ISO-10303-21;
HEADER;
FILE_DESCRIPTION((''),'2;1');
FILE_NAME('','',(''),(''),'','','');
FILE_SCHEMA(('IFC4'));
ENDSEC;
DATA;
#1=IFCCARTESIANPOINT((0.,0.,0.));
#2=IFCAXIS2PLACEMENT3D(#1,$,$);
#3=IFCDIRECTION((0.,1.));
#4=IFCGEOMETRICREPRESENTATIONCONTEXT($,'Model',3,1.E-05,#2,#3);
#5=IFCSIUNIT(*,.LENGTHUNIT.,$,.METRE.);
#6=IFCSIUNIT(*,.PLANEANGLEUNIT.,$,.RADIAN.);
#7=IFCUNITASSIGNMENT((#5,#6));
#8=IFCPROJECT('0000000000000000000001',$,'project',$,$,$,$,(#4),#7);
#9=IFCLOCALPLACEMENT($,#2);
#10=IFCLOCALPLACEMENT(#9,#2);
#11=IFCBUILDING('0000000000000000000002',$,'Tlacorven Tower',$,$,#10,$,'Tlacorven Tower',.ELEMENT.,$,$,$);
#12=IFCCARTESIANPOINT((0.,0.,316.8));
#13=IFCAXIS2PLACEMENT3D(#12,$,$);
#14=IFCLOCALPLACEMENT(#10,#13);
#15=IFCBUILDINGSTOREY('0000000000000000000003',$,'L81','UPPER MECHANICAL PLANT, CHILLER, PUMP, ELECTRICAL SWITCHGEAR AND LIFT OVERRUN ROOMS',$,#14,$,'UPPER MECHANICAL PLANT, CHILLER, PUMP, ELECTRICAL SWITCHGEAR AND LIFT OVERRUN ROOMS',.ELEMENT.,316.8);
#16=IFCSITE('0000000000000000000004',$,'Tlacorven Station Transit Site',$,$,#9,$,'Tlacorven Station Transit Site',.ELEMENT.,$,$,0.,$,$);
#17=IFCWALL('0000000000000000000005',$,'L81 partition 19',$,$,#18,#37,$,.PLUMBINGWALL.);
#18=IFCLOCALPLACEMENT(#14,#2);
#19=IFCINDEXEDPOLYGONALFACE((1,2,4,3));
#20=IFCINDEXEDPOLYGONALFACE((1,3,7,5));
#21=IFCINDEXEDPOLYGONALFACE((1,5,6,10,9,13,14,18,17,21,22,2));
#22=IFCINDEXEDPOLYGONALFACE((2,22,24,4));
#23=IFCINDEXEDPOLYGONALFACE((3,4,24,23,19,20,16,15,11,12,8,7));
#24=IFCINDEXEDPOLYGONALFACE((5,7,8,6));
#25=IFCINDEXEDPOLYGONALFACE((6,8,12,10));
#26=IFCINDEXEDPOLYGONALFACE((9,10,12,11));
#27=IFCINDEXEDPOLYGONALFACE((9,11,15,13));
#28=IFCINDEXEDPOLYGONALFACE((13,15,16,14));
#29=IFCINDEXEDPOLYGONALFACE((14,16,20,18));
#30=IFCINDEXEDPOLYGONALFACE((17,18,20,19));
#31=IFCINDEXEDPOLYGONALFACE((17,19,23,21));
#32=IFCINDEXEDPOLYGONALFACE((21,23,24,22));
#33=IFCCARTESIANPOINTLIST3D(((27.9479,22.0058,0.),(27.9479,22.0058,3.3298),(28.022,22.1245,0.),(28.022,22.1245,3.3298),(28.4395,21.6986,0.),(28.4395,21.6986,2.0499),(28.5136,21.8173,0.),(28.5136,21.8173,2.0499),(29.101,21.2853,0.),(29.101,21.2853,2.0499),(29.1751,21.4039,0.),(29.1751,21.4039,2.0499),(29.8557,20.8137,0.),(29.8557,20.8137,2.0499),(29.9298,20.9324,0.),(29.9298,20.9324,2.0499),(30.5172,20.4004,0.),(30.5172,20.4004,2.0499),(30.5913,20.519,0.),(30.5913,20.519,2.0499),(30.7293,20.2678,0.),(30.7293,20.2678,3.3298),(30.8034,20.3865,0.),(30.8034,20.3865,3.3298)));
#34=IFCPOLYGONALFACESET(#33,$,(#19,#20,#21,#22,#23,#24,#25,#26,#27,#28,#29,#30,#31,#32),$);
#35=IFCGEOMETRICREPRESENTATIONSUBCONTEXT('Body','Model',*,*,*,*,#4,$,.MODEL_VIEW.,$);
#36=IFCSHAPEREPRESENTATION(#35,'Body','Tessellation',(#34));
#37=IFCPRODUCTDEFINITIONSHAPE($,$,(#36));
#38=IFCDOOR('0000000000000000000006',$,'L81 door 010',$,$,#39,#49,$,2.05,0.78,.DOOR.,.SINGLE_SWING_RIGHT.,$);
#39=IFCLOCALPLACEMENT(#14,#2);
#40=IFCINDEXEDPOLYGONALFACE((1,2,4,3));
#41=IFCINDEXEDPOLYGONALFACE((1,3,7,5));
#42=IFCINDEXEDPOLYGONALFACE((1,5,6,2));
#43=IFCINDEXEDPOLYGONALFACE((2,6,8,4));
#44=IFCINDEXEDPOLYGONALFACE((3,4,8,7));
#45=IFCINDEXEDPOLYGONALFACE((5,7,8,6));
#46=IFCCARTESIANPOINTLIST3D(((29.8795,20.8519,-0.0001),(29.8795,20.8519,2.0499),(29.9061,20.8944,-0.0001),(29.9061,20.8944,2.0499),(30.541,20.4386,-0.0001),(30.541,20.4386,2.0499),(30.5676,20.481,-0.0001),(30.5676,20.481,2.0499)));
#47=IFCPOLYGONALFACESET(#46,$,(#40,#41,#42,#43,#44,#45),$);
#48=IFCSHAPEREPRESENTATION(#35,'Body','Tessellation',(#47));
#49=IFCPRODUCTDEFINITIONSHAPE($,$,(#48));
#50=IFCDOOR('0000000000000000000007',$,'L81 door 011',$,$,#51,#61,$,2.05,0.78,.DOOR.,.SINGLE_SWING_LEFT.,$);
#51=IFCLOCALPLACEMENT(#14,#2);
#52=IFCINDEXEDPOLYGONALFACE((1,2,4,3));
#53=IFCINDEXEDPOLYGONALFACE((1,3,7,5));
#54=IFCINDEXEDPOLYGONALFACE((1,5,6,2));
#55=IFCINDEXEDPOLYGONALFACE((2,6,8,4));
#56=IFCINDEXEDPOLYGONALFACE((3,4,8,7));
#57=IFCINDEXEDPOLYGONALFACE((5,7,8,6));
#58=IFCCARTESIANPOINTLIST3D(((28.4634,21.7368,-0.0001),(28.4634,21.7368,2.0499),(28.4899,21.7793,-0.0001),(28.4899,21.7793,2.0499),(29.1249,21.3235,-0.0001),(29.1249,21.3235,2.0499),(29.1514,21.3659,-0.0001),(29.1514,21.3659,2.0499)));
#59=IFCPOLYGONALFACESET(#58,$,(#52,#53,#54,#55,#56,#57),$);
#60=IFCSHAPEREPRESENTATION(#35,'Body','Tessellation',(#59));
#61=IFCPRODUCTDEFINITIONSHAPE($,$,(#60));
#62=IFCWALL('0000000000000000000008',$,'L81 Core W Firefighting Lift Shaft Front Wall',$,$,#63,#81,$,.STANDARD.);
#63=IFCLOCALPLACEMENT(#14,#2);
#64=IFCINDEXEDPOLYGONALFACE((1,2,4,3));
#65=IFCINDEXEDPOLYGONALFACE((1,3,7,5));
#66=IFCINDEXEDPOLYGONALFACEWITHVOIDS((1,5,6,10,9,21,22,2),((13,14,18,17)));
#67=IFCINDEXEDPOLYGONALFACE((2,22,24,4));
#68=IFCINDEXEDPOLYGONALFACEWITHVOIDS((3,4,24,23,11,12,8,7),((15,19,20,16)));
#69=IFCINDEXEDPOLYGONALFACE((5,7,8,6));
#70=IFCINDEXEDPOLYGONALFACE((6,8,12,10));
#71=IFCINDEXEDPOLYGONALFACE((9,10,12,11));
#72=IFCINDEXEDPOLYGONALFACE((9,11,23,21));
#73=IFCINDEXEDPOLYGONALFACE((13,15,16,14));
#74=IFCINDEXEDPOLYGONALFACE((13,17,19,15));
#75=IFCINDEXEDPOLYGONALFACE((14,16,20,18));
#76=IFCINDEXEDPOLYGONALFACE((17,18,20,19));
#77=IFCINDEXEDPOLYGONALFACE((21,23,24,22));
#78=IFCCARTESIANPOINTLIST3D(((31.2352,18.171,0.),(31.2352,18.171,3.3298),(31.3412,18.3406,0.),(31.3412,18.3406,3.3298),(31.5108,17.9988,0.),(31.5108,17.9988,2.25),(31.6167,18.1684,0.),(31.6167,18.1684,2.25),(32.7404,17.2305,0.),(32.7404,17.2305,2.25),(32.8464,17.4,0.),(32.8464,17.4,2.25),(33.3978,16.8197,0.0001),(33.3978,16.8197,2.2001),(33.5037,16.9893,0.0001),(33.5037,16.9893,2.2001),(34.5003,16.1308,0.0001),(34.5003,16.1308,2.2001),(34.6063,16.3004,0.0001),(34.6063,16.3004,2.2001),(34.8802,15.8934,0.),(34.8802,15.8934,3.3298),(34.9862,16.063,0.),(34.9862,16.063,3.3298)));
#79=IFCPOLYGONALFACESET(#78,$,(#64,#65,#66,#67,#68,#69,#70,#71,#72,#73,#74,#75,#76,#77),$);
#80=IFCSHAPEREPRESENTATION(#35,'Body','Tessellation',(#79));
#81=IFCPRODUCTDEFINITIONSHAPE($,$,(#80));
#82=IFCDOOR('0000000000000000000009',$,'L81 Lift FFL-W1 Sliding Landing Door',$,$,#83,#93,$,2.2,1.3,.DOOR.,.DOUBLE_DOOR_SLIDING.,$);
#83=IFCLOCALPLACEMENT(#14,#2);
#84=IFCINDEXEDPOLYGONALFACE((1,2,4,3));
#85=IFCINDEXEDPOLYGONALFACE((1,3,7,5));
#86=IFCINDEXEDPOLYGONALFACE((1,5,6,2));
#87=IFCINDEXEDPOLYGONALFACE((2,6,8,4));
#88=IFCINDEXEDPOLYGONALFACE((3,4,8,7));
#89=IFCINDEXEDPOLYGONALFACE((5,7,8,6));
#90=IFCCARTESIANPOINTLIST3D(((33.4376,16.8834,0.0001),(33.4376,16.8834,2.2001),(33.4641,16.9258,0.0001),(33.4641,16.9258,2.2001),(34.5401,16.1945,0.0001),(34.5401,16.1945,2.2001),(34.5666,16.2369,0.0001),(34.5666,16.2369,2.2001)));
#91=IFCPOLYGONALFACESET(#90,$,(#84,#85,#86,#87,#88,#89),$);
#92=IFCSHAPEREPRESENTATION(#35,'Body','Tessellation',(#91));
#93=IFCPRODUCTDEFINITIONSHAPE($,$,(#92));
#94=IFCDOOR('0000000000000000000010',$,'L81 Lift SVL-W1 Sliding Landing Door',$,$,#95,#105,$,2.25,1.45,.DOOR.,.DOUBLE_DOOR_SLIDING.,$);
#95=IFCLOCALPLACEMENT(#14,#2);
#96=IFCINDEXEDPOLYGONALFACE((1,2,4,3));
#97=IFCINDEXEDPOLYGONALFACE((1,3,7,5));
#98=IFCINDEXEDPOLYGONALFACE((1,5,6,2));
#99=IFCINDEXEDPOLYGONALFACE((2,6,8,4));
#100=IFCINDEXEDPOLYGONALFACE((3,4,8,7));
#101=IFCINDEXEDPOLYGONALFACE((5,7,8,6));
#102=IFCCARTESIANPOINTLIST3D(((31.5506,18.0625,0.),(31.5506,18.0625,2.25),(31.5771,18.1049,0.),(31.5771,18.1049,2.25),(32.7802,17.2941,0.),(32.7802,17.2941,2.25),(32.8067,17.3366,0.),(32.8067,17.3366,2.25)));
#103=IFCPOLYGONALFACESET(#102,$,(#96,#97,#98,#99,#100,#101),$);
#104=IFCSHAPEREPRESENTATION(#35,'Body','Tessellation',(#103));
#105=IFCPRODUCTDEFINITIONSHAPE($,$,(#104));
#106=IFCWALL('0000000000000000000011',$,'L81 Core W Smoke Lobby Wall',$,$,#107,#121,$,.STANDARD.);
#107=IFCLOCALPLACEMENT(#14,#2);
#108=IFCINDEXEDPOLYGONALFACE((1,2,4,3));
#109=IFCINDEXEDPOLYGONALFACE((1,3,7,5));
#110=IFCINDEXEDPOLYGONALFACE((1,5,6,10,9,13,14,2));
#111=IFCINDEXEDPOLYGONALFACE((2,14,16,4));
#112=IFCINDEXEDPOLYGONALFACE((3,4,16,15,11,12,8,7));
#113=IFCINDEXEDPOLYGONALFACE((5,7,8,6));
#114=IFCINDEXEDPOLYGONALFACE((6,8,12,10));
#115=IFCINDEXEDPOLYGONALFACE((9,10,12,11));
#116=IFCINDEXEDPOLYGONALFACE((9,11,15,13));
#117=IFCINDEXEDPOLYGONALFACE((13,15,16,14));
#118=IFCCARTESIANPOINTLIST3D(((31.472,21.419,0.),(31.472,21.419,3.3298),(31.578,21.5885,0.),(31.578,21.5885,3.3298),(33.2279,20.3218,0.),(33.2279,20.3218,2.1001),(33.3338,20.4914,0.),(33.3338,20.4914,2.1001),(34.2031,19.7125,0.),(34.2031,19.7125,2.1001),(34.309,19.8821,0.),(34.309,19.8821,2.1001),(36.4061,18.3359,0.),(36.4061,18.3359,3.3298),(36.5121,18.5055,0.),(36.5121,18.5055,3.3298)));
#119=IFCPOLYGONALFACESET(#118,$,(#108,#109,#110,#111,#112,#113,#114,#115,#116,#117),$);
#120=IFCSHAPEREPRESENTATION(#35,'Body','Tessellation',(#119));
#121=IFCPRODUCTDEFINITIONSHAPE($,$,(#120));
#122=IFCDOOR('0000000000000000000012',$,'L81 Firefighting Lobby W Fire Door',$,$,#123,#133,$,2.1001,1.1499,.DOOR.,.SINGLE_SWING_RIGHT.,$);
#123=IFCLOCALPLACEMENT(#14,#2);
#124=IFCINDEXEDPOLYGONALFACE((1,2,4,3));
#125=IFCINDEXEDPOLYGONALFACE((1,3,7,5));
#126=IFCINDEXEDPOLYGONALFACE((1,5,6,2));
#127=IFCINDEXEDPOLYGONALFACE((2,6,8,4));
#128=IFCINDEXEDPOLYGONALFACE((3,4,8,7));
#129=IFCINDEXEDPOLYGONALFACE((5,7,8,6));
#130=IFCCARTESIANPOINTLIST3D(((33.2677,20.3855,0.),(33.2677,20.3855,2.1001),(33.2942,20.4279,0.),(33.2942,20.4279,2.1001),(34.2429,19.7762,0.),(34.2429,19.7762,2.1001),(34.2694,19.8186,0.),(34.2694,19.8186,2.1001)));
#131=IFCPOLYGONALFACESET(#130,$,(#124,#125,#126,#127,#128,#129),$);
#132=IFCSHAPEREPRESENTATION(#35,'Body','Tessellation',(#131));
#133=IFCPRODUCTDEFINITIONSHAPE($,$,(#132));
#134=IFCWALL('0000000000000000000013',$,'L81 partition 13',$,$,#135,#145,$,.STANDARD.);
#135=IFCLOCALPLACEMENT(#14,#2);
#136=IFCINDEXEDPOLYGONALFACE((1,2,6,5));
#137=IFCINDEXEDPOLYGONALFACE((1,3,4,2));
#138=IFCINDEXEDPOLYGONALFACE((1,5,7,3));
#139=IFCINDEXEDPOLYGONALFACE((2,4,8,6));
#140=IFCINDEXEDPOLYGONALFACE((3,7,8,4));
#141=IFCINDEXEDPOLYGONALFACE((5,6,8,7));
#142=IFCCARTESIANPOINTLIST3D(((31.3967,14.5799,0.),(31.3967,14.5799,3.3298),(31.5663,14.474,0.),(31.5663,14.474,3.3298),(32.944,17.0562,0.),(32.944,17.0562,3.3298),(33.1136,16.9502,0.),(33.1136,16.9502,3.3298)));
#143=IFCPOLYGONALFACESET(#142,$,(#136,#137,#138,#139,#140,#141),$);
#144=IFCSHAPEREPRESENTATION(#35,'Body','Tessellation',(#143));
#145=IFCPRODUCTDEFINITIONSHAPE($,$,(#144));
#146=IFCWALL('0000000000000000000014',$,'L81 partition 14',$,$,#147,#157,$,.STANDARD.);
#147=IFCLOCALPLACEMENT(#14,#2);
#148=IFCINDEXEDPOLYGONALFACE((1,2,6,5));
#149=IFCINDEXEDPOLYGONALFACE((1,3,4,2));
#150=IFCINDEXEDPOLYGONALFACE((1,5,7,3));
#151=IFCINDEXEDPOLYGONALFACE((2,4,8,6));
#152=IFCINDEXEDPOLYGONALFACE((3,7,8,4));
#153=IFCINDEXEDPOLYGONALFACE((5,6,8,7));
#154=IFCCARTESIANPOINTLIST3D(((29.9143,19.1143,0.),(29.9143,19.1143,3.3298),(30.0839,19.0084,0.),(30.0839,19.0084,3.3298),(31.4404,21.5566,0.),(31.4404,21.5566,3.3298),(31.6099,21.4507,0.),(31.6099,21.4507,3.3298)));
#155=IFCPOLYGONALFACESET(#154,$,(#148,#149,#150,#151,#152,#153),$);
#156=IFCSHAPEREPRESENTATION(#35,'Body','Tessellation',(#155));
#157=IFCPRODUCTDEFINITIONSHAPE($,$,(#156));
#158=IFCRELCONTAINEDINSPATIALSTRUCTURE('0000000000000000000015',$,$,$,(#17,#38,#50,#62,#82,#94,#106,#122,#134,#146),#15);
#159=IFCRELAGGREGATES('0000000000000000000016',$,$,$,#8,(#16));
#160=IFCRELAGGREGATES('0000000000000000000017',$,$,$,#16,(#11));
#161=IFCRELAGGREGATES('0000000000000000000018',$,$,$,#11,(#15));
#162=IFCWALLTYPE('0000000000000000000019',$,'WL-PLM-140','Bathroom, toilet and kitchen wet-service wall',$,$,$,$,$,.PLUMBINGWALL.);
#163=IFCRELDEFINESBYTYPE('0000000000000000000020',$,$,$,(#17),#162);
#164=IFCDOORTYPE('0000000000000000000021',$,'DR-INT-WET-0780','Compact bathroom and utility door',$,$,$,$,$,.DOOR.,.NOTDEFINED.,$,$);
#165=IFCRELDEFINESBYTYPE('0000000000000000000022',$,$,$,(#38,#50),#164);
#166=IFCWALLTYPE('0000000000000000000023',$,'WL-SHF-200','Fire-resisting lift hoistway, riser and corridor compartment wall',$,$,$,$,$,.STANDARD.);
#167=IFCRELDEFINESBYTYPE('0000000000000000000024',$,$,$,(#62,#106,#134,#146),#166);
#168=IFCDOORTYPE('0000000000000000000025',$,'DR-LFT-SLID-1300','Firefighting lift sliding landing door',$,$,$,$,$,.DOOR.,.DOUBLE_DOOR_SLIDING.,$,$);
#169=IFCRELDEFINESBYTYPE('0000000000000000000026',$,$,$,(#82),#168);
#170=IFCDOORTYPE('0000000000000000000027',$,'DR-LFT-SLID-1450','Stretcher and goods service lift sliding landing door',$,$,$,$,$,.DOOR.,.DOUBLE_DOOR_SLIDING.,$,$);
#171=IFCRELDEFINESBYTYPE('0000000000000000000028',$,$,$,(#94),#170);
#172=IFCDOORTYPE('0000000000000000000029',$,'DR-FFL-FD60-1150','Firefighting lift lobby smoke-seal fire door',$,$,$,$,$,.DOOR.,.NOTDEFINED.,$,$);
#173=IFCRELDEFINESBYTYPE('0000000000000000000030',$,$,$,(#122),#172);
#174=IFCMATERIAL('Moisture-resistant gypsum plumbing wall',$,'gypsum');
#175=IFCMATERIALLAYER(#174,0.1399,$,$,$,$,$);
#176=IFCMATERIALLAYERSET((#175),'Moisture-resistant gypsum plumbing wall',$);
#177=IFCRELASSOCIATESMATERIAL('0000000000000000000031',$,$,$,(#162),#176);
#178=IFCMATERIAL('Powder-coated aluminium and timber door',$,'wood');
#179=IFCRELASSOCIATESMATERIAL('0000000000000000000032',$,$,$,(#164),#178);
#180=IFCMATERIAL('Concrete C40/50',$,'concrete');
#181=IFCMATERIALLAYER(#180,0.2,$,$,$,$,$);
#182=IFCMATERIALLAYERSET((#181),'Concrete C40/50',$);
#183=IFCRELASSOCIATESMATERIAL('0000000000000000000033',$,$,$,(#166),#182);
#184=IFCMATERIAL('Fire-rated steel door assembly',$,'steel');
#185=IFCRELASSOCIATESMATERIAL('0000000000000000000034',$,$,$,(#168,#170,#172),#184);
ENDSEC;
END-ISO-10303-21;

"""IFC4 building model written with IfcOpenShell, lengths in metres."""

from ifc_helpers import new_model, si_unit, direction, frame, frame_2d, origin, place, context, subcontext, project, spatial, rectangle, extrude, source, transform, mapped, material, layer, layer_set, type_object, element, fill, save


model = new_model("IFC4")

# Units and contexts
model_context = context("Model", 3, precision=1e-05, world=origin(), true_north=direction((0.0, 1.0)))
body_context = subcontext(model_context, "Body", "Model", "MODEL_VIEW")
ifc_project = project(units=[si_unit("LENGTHUNIT", "METRE"), si_unit("PLANEANGLEUNIT", "RADIAN")], contexts=[model_context])

# Site, building, storey
site_placement = place(None, origin())
site = spatial("IfcSite", under=ifc_project, at=site_placement, Name="Tlacorven Station Transit Site", LongName="Tlacorven Station Transit Site", CompositionType="ELEMENT", RefElevation=0.0)
building_placement = place(site_placement, origin())
building = spatial("IfcBuilding", under=site, at=building_placement, Name="Tlacorven Tower", LongName="Tlacorven Tower", CompositionType="ELEMENT")
storey_placement = place(building_placement, frame((0.0, 0.0, 316.8)))
storey = spatial("IfcBuildingStorey", under=building, at=storey_placement, Name="L81", Description="UPPER MECHANICAL PLANT, CHILLER, PUMP, ELECTRICAL SWITCHGEAR AND LIFT OVERRUN ROOMS", LongName="UPPER MECHANICAL PLANT, CHILLER, PUMP, ELECTRICAL SWITCHGEAR AND LIFT OVERRUN ROOMS", CompositionType="ELEMENT", Elevation=316.8)

# Shared definitions
ifc_material_1 = material(Name="Moisture-resistant gypsum plumbing wall", Category="gypsum")
ifc_layer_1 = layer(ifc_material_1, 0.1399)
ifc_layer_set_1 = layer_set([ifc_layer_1], Name="Moisture-resistant gypsum plumbing wall")
wall_type_1 = type_object("IfcWallType", Name="WL-PLM-140", Description="Bathroom, toilet and kitchen wet-service wall", PredefinedType="PLUMBINGWALL", material=ifc_layer_set_1)

# Walls, openings, doors
wall_1_placement = place(storey_placement, frame((30.7664, 20.3271, 0.0), z_axis=(0.0, 0.0, 1.0), x_axis=(-0.848053, 0.529912, 0.0)))
wall_1 = element("IfcWall", 1, at=wall_1_placement, inside=storey, type_object=wall_type_1, Name="L81 partition 19", PredefinedType="PLUMBINGWALL", context=body_context, shape_type="SweptSolid", body=[
    extrude(rectangle(XDim=3.2798, YDim=0.1399, at=frame_2d((1.6399, 0.0))), origin(), (0.0, 0.0, 1.0), 3.3298),
])
opening_1_placement = place(wall_1_placement, frame((0.25, 0.0, 0.0)))
opening_1 = element("IfcOpeningElement", 2, at=opening_1_placement, cuts=wall_1, PredefinedType="OPENING", context=body_context, shape_type="SweptSolid", body=[
    extrude(rectangle(XDim=0.78, YDim=2.05, at=frame_2d((0.3901, 1.0249))), frame((0.0, 0.0801, 0.0), z_axis=(0.0, -1.0, 0.0), x_axis=(1.0, 0.0, 0.0)), (0.0, 0.0, 1.0), 0.1599),
])
opening_2_placement = place(wall_1_placement, frame((1.9199, 0.0, 0.0)))
opening_2 = element("IfcOpeningElement", 3, at=opening_2_placement, cuts=wall_1, PredefinedType="OPENING", context=body_context, shape_type="SweptSolid", body=[
    extrude(rectangle(XDim=0.78, YDim=2.05, at=frame_2d((0.3901, 1.0249))), frame((0.0, 0.0801, 0.0), z_axis=(0.0, -1.0, 0.0), x_axis=(1.0, 0.0, 0.0)), (0.0, 0.0, 1.0), 0.1599),
])
ifc_material_2 = material(Name="Powder-coated aluminium and timber door", Category="wood")
door_type_1 = type_object("IfcDoorType", Name="DR-INT-WET-0780", Description="Compact bathroom and utility door", OperationType="NOTDEFINED", PredefinedType="DOOR", material=ifc_material_2)
shared_shape_1 = source(origin(), body_context, "Body", "SweptSolid", [
    extrude(rectangle(XDim=0.78, YDim=2.05, at=frame_2d((0.3901, 1.0249))), frame((0.0, 0.0249, 0.0), z_axis=(0.0, -1.0, 0.0), x_axis=(1.0, 0.0, 0.0)), (0.0, 0.0, 1.0), 0.05),
])
door_1_placement = place(opening_1_placement, origin())
door_1 = element("IfcDoor", 4, at=door_1_placement, inside=storey, type_object=door_type_1, Name="L81 door 010", OperationType="SINGLE_SWING_RIGHT", OverallHeight=2.05, OverallWidth=0.78, PredefinedType="DOOR", context=body_context, shape_type="MappedRepresentation", body=[
    mapped(shared_shape_1, transform((0.0, 0.0, 0.0), scale=1.0)),
])
fill(opening_1, door_1)
door_2_placement = place(opening_2_placement, origin())
door_2 = element("IfcDoor", 5, at=door_2_placement, inside=storey, type_object=door_type_1, Name="L81 door 011", OperationType="SINGLE_SWING_LEFT", OverallHeight=2.05, OverallWidth=0.78, PredefinedType="DOOR", context=body_context, shape_type="MappedRepresentation", body=[
    mapped(shared_shape_1, transform((0.0, 0.0, 0.0), scale=1.0)),
])
fill(opening_2, door_2)
ifc_material_3 = material(Name="Concrete C40/50", Category="concrete")
ifc_layer_2 = layer(ifc_material_3, 0.2)
ifc_layer_set_2 = layer_set([ifc_layer_2], Name="Concrete C40/50")
wall_type_2 = type_object("IfcWallType", Name="WL-SHF-200", Description="Fire-resisting lift hoistway, riser and corridor compartment wall", PredefinedType="STANDARD", material=ifc_layer_set_2)
wall_2_placement = place(storey_placement, frame((34.9331, 15.9783, 0.0), z_axis=(0.0, 0.0, 1.0), x_axis=(-0.848056, 0.529907, 0.0)))
wall_2 = element("IfcWall", 6, at=wall_2_placement, inside=storey, type_object=wall_type_2, Name="L81 Core W Firefighting Lift Shaft Front Wall", PredefinedType="STANDARD", context=body_context, shape_type="SweptSolid", body=[
    extrude(rectangle(XDim=4.2981, YDim=0.2, at=frame_2d((2.1489, 0.0))), origin(), (0.0, 0.0, 1.0), 3.3298),
])
opening_3_placement = place(wall_2_placement, frame((0.448, 0.0, 0.0)))
opening_3 = element("IfcOpeningElement", 7, at=opening_3_placement, cuts=wall_2, PredefinedType="OPENING", context=body_context, shape_type="SweptSolid", body=[
    extrude(rectangle(XDim=1.3, YDim=2.2, at=frame_2d((0.6499, 1.1001))), frame((0.0, 0.1099, 0.0), z_axis=(0.0, -1.0, 0.0), x_axis=(1.0, 0.0, 0.0)), (0.0, 0.0, 1.0), 0.22),
])
opening_4_placement = place(wall_2_placement, frame((2.5229, 0.0, 0.0)))
opening_4 = element("IfcOpeningElement", 8, at=opening_4_placement, cuts=wall_2, PredefinedType="OPENING", context=body_context, shape_type="SweptSolid", body=[
    extrude(rectangle(XDim=1.45, YDim=2.25, at=frame_2d((0.7251, 1.125))), frame((0.0, 0.1099, 0.0), z_axis=(0.0, -1.0, 0.0), x_axis=(1.0, 0.0, 0.0)), (0.0, 0.0, 1.0), 0.22),
])
ifc_material_4 = material(Name="Fire-rated steel door assembly", Category="steel")
door_type_2 = type_object("IfcDoorType", Name="DR-LFT-SLID-1300", Description="Firefighting lift sliding landing door", OperationType="DOUBLE_DOOR_SLIDING", PredefinedType="DOOR", material=ifc_material_4)
shared_shape_2 = source(origin(), body_context, "Body", "SweptSolid", [
    extrude(rectangle(XDim=1.3, YDim=2.2, at=frame_2d((0.6499, 1.1001))), frame((0.0, 0.0249, 0.0), z_axis=(0.0, -1.0, 0.0), x_axis=(1.0, 0.0, 0.0)), (0.0, 0.0, 1.0), 0.05),
])
door_3_placement = place(opening_3_placement, origin())
door_3 = element("IfcDoor", 9, at=door_3_placement, inside=storey, type_object=door_type_2, Name="L81 Lift FFL-W1 Sliding Landing Door", OperationType="DOUBLE_DOOR_SLIDING", OverallHeight=2.2, OverallWidth=1.3, PredefinedType="DOOR", context=body_context, shape_type="MappedRepresentation", body=[
    mapped(shared_shape_2, transform((0.0, 0.0, 0.0), scale=1.0)),
])
fill(opening_3, door_3)
door_type_3 = type_object("IfcDoorType", Name="DR-LFT-SLID-1450", Description="Stretcher and goods service lift sliding landing door", OperationType="DOUBLE_DOOR_SLIDING", PredefinedType="DOOR", material=ifc_material_4)
shared_shape_3 = source(origin(), body_context, "Body", "SweptSolid", [
    extrude(rectangle(XDim=1.45, YDim=2.25, at=frame_2d((0.7251, 1.125))), frame((0.0, 0.0249, 0.0), z_axis=(0.0, -1.0, 0.0), x_axis=(1.0, 0.0, 0.0)), (0.0, 0.0, 1.0), 0.05),
])
door_4_placement = place(opening_4_placement, origin())
door_4 = element("IfcDoor", 10, at=door_4_placement, inside=storey, type_object=door_type_3, Name="L81 Lift SVL-W1 Sliding Landing Door", OperationType="DOUBLE_DOOR_SLIDING", OverallHeight=2.25, OverallWidth=1.45, PredefinedType="DOOR", context=body_context, shape_type="MappedRepresentation", body=[
    mapped(shared_shape_3, transform((0.0, 0.0, 0.0), scale=1.0)),
])
fill(opening_4, door_4)

# Wall, opening, door
wall_3_placement = place(storey_placement, frame((36.4592, 18.4207, 0.0), z_axis=(0.0, 0.0, 1.0), x_axis=(-0.84806, 0.529901, 0.0)))
wall_3 = element("IfcWall", 11, at=wall_3_placement, inside=storey, type_object=wall_type_2, Name="L81 Core W Smoke Lobby Wall", PredefinedType="STANDARD", context=body_context, shape_type="SweptSolid", body=[
    extrude(rectangle(XDim=5.8181, YDim=0.2, at=frame_2d((2.9092, 0.0))), origin(), (0.0, 0.0, 1.0), 3.3298),
])
opening_5_placement = place(wall_3_placement, frame((2.5979, 0.0, 0.0)))
opening_5 = element("IfcOpeningElement", 12, at=opening_5_placement, cuts=wall_3, PredefinedType="OPENING", context=body_context, shape_type="SweptSolid", body=[
    extrude(rectangle(XDim=1.1499, YDim=2.1001, at=frame_2d((0.575, 1.05))), frame((0.0, 0.1099, 0.0), z_axis=(0.0, -1.0, 0.0), x_axis=(1.0, 0.0, 0.0)), (0.0, 0.0, 1.0), 0.22),
])
door_type_4 = type_object("IfcDoorType", Name="DR-FFL-FD60-1150", Description="Firefighting lift lobby smoke-seal fire door", OperationType="NOTDEFINED", PredefinedType="DOOR", material=ifc_material_4)
shared_shape_4 = source(origin(), body_context, "Body", "SweptSolid", [
    extrude(rectangle(XDim=1.1499, YDim=2.1001, at=frame_2d((0.575, 1.05))), frame((0.0, 0.0249, 0.0), z_axis=(0.0, -1.0, 0.0), x_axis=(1.0, 0.0, 0.0)), (0.0, 0.0, 1.0), 0.05),
])
door_5_placement = place(opening_5_placement, origin())
door_5 = element("IfcDoor", 13, at=door_5_placement, inside=storey, type_object=door_type_4, Name="L81 Firefighting Lobby W Fire Door", OperationType="SINGLE_SWING_RIGHT", OverallHeight=2.1001, OverallWidth=1.1499, PredefinedType="DOOR", context=body_context, shape_type="MappedRepresentation", body=[
    mapped(shared_shape_4, transform((0.0, 0.0, 0.0), scale=1.0)),
])
fill(opening_5, door_5)

# Walls
wall_4_placement = place(storey_placement, frame((33.0288, 17.0032, 0.0), z_axis=(0.0, 0.0, 1.0), x_axis=(-0.529916, -0.84805, 0.0)))
element("IfcWall", 14, at=wall_4_placement, inside=storey, type_object=wall_type_2, Name="L81 partition 13", PredefinedType="STANDARD", context=body_context, shape_type="SweptSolid", body=[
    extrude(rectangle(XDim=2.9199, YDim=0.2, at=frame_2d((1.46, 0.0))), origin(), (0.0, 0.0, 1.0), 3.3298),
])
wall_5_placement = place(storey_placement, frame((31.5251, 21.5037, 0.0), z_axis=(0.0, 0.0, 1.0), x_axis=(-0.529907, -0.848055, 0.0)))
element("IfcWall", 15, at=wall_5_placement, inside=storey, type_object=wall_type_2, Name="L81 partition 14", PredefinedType="STANDARD", context=body_context, shape_type="SweptSolid", body=[
    extrude(rectangle(XDim=2.8799, YDim=0.2, at=frame_2d((1.4399, 0.0))), origin(), (0.0, 0.0, 1.0), 3.3298),
])

save(model, "model.ifc")
